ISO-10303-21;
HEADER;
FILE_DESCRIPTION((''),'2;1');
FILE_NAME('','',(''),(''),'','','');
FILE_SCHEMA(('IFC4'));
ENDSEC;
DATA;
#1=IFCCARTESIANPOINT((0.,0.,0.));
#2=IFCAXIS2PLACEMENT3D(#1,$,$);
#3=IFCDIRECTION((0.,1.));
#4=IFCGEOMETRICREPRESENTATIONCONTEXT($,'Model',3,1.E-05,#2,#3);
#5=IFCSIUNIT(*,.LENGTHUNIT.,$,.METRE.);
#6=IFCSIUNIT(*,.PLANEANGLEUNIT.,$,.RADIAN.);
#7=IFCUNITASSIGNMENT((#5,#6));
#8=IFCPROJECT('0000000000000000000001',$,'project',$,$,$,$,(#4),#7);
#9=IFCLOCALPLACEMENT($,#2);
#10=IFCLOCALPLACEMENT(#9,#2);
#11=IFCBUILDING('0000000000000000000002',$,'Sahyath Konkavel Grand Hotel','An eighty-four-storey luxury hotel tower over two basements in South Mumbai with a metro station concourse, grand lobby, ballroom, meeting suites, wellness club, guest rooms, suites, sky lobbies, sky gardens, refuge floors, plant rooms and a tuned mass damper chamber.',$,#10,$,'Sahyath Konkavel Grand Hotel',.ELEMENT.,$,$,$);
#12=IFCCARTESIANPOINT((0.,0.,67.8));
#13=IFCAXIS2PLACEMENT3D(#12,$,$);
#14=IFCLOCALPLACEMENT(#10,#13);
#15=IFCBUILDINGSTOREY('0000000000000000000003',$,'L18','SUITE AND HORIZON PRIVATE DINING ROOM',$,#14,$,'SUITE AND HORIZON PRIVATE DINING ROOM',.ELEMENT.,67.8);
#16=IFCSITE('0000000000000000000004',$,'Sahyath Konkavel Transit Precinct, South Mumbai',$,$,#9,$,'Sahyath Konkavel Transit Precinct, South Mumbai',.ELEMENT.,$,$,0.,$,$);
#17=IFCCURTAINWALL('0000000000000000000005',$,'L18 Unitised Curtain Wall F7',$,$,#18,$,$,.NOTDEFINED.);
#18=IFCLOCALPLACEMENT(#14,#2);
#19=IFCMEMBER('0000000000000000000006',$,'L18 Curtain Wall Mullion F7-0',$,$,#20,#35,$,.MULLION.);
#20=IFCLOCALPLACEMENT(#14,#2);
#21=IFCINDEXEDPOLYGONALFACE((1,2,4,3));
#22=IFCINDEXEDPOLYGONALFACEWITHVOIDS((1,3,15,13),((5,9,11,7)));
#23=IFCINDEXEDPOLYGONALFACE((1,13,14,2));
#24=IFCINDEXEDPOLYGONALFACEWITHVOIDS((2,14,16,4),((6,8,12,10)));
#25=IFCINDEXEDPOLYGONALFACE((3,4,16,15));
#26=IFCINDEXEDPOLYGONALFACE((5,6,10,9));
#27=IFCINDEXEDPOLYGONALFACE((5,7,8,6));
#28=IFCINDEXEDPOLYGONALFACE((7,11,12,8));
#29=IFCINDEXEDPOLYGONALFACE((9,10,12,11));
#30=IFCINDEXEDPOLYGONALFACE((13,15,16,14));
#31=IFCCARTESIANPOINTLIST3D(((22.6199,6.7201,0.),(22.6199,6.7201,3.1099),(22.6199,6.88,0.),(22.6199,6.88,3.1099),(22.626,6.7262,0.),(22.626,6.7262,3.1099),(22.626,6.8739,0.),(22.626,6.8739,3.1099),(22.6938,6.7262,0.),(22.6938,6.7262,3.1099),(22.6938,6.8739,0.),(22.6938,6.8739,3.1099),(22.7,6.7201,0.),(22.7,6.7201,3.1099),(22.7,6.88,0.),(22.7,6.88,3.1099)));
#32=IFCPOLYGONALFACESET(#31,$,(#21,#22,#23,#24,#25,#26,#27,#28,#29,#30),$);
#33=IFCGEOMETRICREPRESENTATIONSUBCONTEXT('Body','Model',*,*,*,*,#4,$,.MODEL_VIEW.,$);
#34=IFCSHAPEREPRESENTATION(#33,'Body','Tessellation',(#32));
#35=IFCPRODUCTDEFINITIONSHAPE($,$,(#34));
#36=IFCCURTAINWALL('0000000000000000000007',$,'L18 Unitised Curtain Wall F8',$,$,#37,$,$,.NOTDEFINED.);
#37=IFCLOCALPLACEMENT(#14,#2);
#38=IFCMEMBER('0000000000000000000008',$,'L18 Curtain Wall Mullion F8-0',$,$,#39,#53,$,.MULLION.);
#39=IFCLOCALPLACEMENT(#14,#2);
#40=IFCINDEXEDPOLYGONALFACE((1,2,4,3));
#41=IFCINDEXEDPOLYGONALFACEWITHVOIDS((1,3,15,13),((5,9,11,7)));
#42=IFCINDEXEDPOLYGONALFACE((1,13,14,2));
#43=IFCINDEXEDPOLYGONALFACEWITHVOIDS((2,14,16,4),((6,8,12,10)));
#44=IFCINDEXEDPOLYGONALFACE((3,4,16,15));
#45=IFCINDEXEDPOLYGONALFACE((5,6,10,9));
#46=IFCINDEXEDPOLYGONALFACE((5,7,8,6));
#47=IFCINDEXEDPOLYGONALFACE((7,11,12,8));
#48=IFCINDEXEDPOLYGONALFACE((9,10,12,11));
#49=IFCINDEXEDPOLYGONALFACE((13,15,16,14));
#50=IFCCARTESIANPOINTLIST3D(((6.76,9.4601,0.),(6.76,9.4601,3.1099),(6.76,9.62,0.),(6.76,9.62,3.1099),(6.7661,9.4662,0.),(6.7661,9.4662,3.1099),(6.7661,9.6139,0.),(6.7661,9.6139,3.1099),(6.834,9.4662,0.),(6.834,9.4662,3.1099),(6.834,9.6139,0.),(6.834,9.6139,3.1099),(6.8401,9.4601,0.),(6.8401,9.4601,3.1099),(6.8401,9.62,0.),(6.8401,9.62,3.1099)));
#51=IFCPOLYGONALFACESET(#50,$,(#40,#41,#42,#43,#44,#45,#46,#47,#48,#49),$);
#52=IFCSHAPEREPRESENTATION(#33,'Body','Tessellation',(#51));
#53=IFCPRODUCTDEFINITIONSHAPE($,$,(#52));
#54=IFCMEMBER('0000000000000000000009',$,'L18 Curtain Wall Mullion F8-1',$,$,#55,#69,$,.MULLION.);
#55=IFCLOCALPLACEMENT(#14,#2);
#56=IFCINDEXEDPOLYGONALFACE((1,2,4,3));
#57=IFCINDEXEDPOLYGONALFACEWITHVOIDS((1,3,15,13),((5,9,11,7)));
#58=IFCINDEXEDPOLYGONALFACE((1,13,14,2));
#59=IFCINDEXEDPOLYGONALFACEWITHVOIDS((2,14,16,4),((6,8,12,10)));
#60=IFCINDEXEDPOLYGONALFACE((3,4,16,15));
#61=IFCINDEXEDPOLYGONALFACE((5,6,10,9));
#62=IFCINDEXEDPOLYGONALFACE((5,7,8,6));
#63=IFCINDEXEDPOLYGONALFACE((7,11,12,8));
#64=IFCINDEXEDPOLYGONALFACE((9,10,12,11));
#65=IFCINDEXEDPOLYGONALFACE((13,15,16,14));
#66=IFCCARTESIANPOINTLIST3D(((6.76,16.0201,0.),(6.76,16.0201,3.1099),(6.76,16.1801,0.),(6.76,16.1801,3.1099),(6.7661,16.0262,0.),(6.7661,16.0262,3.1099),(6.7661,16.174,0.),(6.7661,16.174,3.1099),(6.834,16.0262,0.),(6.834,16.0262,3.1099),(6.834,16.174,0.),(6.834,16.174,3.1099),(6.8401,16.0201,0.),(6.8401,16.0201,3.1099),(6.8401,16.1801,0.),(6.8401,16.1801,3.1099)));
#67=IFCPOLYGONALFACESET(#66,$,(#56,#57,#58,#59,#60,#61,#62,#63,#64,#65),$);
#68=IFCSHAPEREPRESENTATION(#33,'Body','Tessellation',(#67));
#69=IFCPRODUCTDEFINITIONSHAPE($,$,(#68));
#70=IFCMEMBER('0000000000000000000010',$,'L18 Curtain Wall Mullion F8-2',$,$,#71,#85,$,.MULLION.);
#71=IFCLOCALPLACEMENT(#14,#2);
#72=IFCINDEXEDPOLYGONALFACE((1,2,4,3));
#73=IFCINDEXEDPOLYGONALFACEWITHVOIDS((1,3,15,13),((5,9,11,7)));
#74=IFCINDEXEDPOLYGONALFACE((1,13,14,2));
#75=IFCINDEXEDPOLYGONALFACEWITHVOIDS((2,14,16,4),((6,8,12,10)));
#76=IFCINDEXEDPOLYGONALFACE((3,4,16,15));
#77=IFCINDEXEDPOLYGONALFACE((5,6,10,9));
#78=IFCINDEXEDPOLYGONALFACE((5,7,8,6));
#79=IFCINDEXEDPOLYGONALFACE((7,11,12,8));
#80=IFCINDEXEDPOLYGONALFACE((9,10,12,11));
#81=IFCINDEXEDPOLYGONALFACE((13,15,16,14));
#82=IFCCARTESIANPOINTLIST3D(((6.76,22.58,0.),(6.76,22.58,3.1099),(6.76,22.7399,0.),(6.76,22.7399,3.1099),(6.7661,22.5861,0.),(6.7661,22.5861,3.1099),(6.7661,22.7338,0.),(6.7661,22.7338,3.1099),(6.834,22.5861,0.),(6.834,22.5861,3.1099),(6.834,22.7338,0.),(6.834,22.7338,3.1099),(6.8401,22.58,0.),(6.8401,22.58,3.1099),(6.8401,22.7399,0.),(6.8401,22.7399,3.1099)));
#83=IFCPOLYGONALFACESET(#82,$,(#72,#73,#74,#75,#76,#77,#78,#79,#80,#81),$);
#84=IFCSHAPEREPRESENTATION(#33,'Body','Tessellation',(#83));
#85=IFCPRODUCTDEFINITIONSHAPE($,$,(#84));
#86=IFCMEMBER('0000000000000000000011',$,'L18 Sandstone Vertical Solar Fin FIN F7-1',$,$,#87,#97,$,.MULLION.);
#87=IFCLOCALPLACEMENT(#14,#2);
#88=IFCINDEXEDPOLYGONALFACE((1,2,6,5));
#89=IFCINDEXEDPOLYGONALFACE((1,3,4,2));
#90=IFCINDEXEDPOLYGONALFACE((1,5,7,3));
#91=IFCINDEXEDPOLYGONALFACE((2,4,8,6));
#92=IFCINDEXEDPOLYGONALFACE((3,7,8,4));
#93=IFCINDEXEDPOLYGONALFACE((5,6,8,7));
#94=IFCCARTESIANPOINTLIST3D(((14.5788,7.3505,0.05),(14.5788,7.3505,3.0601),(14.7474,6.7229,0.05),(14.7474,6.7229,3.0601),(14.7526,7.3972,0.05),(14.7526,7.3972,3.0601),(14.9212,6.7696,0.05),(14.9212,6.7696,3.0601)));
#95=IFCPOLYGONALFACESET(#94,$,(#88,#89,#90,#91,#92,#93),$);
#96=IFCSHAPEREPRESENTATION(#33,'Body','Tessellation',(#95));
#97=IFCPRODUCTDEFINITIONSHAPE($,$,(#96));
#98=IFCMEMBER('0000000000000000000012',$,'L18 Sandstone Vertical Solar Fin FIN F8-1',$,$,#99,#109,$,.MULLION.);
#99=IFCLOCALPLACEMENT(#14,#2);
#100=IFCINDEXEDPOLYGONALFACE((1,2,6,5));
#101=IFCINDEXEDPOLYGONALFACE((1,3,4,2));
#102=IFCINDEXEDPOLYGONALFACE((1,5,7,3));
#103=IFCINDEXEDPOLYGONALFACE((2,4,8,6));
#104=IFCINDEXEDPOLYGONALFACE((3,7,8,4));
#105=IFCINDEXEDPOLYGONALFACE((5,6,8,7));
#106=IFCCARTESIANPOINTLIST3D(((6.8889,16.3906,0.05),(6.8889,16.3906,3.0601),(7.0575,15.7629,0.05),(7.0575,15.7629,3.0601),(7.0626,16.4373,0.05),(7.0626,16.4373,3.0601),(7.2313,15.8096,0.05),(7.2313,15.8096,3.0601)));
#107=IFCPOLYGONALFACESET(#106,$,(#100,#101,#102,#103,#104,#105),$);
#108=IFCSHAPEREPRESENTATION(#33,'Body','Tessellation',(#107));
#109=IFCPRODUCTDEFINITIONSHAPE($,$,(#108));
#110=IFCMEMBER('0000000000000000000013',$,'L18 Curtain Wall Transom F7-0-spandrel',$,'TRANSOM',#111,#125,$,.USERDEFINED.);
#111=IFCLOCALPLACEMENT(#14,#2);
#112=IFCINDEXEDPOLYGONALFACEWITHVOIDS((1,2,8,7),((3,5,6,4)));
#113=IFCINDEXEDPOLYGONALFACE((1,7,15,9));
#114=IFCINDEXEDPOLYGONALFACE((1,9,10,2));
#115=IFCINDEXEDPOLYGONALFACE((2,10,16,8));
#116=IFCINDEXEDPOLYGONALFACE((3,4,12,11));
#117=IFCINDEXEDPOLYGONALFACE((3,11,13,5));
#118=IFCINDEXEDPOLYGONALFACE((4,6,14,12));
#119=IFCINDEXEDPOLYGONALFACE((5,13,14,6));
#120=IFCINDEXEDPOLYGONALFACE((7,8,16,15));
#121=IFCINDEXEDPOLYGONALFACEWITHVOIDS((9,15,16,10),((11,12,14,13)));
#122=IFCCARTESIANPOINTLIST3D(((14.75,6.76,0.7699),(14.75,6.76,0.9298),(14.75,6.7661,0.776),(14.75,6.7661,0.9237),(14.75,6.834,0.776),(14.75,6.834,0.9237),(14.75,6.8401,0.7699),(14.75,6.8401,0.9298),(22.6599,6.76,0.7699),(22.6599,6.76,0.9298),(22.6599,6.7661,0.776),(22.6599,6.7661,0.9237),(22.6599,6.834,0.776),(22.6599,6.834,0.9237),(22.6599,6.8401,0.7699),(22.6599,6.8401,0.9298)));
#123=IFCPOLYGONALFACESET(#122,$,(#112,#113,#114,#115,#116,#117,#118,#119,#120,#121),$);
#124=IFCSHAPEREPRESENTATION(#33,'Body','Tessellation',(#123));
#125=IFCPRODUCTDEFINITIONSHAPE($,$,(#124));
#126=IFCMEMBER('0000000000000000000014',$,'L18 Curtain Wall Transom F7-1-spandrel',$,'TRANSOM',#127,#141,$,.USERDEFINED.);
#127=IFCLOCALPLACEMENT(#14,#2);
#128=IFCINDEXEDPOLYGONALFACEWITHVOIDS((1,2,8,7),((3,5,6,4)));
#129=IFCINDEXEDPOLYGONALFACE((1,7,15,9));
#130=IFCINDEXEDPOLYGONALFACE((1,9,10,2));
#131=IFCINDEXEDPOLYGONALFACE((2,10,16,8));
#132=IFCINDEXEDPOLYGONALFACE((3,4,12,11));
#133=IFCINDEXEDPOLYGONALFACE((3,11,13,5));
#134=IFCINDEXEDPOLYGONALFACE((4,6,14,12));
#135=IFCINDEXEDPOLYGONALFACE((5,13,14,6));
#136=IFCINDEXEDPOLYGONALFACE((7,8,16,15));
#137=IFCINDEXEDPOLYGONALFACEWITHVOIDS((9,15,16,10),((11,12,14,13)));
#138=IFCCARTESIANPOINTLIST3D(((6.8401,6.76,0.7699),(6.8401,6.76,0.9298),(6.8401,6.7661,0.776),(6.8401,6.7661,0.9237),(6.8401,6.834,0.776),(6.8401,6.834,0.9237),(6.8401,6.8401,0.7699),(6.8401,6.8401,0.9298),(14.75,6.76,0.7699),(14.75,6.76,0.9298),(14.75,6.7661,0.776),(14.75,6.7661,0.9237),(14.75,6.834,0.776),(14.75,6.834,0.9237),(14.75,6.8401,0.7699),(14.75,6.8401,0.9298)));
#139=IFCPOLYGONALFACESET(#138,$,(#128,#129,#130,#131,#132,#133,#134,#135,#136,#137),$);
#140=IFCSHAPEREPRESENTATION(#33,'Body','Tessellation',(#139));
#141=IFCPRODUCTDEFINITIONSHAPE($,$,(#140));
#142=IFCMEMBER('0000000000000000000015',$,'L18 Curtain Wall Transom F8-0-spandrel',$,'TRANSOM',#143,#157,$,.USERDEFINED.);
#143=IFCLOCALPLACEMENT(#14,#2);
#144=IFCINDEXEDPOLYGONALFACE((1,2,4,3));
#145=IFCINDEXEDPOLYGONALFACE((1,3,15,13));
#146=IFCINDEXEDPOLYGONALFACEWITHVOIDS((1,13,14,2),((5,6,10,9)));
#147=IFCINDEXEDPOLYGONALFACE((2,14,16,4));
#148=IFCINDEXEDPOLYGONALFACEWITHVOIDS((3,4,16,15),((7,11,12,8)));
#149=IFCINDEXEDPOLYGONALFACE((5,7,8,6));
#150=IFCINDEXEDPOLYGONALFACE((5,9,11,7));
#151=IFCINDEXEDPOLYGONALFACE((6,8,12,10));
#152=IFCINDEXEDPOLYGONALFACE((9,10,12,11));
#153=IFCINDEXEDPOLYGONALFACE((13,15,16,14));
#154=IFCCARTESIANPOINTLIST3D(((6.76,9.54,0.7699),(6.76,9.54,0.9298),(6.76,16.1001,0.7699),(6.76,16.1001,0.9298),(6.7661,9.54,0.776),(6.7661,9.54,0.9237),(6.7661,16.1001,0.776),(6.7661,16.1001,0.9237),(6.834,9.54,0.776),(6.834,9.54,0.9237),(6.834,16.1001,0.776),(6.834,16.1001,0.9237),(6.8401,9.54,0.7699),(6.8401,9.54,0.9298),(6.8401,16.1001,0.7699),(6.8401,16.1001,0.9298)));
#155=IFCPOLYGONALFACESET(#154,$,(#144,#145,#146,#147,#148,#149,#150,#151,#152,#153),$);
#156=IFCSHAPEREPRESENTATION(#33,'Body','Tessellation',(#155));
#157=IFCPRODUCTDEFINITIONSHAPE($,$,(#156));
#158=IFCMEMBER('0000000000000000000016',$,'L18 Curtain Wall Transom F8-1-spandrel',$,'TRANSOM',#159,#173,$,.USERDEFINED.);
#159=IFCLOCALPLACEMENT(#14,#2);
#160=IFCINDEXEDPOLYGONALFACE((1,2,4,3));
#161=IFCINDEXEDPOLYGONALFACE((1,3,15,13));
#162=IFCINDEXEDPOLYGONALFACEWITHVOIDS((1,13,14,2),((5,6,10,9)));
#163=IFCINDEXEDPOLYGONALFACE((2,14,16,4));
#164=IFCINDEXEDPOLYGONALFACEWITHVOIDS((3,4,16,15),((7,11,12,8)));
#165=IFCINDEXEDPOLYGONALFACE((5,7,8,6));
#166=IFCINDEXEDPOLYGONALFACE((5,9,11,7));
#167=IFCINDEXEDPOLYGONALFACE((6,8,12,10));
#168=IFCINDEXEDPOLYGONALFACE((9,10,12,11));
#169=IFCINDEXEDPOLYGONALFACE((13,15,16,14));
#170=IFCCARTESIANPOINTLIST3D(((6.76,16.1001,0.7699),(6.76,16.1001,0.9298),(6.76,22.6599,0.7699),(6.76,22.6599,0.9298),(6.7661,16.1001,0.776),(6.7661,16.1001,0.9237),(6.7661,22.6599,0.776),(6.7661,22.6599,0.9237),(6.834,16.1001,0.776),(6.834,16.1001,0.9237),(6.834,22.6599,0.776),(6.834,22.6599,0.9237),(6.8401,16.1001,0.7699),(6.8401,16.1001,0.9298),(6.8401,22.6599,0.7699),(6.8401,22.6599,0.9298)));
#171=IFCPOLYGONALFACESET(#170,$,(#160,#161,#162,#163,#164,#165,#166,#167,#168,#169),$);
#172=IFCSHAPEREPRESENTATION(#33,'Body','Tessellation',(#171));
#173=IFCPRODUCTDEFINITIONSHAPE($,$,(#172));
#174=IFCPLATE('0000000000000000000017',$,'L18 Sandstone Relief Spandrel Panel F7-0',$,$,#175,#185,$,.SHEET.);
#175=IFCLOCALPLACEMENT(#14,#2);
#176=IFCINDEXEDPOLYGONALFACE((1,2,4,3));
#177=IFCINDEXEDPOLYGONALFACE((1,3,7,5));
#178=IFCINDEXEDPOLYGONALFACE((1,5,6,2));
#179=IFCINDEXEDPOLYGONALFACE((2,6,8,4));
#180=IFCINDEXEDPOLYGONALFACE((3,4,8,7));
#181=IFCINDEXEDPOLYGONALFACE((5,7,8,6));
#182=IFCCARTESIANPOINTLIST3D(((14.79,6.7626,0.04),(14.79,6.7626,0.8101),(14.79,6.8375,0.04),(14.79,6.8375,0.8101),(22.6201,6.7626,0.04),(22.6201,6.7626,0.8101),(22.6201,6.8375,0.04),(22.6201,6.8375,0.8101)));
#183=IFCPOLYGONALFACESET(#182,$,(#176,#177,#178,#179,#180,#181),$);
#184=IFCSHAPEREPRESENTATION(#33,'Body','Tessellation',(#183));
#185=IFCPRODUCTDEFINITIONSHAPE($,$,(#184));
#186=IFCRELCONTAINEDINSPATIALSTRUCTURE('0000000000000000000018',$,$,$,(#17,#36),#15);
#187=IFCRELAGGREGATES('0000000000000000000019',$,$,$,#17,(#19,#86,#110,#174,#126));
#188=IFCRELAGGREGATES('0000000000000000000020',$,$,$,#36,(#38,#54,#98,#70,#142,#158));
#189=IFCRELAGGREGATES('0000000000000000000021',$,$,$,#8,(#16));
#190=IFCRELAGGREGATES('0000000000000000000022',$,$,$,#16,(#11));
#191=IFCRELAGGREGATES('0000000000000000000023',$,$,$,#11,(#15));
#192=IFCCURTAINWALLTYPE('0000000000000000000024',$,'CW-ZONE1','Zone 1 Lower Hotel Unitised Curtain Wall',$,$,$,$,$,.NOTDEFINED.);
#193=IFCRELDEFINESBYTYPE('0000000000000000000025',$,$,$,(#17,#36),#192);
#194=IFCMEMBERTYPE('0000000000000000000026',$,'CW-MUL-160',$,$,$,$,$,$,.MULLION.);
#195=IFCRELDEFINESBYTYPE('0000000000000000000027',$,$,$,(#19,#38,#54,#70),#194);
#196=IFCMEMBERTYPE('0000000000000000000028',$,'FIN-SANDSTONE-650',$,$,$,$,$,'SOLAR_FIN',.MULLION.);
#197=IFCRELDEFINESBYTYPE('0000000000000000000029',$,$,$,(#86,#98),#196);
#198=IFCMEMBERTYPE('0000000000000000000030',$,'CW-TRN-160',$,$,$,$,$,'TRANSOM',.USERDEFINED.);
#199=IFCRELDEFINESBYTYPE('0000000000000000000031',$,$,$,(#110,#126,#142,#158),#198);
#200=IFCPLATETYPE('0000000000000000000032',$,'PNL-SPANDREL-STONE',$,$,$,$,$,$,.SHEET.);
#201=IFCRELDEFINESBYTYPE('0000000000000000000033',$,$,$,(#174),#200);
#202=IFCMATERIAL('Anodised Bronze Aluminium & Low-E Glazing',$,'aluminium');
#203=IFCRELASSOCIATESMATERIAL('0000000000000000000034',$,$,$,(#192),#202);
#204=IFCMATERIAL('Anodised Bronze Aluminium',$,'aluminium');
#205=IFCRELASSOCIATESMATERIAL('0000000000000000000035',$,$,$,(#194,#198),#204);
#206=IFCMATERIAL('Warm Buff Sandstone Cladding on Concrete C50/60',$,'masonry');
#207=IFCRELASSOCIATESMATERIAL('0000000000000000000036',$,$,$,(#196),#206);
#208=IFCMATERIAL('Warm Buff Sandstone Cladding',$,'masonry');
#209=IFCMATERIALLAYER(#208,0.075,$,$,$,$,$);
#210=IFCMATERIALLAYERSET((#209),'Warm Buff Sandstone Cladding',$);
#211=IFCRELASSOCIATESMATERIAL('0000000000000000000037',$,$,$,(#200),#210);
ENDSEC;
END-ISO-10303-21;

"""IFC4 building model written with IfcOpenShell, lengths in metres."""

from ifc_helpers import new_model, si_unit, direction, frame, origin, origin_2d, place, context, subcontext, project, spatial, rectangle, hollow_rectangle, extrude, source, transform, mapped, material, layer, layer_set, material_profile, profile_set, type_object, element, aggregate, save


model = new_model("IFC4")

# Units and contexts
model_context = context("Model", 3, precision=1e-05, world=origin(), true_north=direction((0.0, 1.0)))
body_context = subcontext(model_context, "Body", "Model", "MODEL_VIEW")
ifc_project = project(units=[si_unit("LENGTHUNIT", "METRE"), si_unit("PLANEANGLEUNIT", "RADIAN")], contexts=[model_context])

# Site, building, storey
site_placement = place(None, origin())
site = spatial("IfcSite", under=ifc_project, at=site_placement, Name="Sahyath Konkavel Transit Precinct, South Mumbai", LongName="Sahyath Konkavel Transit Precinct, South Mumbai", CompositionType="ELEMENT", RefElevation=0.0)
building_placement = place(site_placement, origin())
building = spatial("IfcBuilding", under=site, at=building_placement, Name="Sahyath Konkavel Grand Hotel", Description="An eighty-four-storey luxury hotel tower over two basements in South Mumbai with a metro station concourse, grand lobby, ballroom, meeting suites, wellness club, guest rooms, suites, sky lobbies, sky gardens, refuge floors, plant rooms and a tuned mass damper chamber.", LongName="Sahyath Konkavel Grand Hotel", CompositionType="ELEMENT")
storey_placement = place(building_placement, frame((0.0, 0.0, 67.8)))
storey = spatial("IfcBuildingStorey", under=building, at=storey_placement, Name="L18", Description="SUITE AND HORIZON PRIVATE DINING ROOM", LongName="SUITE AND HORIZON PRIVATE DINING ROOM", CompositionType="ELEMENT", Elevation=67.8)

# Curtain wall, member
ifc_material_1 = material(Name="Anodised Bronze Aluminium & Low-E Glazing", Category="aluminium")
curtain_wall_type = type_object("IfcCurtainWallType", Name="CW-ZONE1", Description="Zone 1 Lower Hotel Unitised Curtain Wall", PredefinedType="NOTDEFINED", material=ifc_material_1)
curtain_wall_1_placement = place(storey_placement, origin())
curtain_wall_1 = element("IfcCurtainWall", 1, at=curtain_wall_1_placement, inside=storey, type_object=curtain_wall_type, Name="L18 Unitised Curtain Wall F7", PredefinedType="NOTDEFINED")
ifc_material_2 = material(Name="Anodised Bronze Aluminium", Category="aluminium")
ifc_material_profile_1 = material_profile(ifc_material_2, hollow_rectangle(XDim=0.0801, YDim=0.1599, WallThickness=0.0061, at=origin_2d()), Name="RHS 160x80x6")
ifc_profile_set_1 = profile_set([ifc_material_profile_1], Name="Anodised Bronze Aluminium")
member_type_1 = type_object("IfcMemberType", Name="CW-MUL-160", PredefinedType="MULLION", material=ifc_profile_set_1)
shared_shape_1 = source(origin(), body_context, "Body", "SweptSolid", [
    extrude(hollow_rectangle(XDim=0.0801, YDim=0.1599, WallThickness=0.0061, at=origin_2d()), origin(), (0.0, 0.0, 1.0), 3.1099),
])
member_1_placement = place(storey_placement, frame((22.6599, 6.8, 0.0), z_axis=(0.0, 0.0, 1.0), x_axis=(1.0, 0.0, 0.0)))
member_1 = element("IfcMember", 2, at=member_1_placement, type_object=member_type_1, Name="L18 Curtain Wall Mullion F7-0", PredefinedType="MULLION", context=body_context, shape_type="MappedRepresentation", body=[
    mapped(shared_shape_1, transform((0.0, 0.0, 0.0), scale=1.0)),
])

# Curtain wall, members
curtain_wall_2_placement = place(storey_placement, origin())
curtain_wall_2 = element("IfcCurtainWall", 3, at=curtain_wall_2_placement, inside=storey, type_object=curtain_wall_type, Name="L18 Unitised Curtain Wall F8", PredefinedType="NOTDEFINED")
member_2_placement = place(storey_placement, frame((6.8, 9.54, 0.0), z_axis=(0.0, 0.0, 1.0), x_axis=(1.0, 0.0, 0.0)))
member_2 = element("IfcMember", 4, at=member_2_placement, type_object=member_type_1, Name="L18 Curtain Wall Mullion F8-0", PredefinedType="MULLION", context=body_context, shape_type="MappedRepresentation", body=[
    mapped(shared_shape_1, transform((0.0, 0.0, 0.0), scale=1.0)),
])
member_3_placement = place(storey_placement, frame((6.8, 16.1001, 0.0), z_axis=(0.0, 0.0, 1.0), x_axis=(1.0, 0.0, 0.0)))
member_3 = element("IfcMember", 5, at=member_3_placement, type_object=member_type_1, Name="L18 Curtain Wall Mullion F8-1", PredefinedType="MULLION", context=body_context, shape_type="MappedRepresentation", body=[
    mapped(shared_shape_1, transform((0.0, 0.0, 0.0), scale=1.0)),
])
member_4_placement = place(storey_placement, frame((6.8, 22.6599, 0.0), z_axis=(0.0, 0.0, 1.0), x_axis=(1.0, 0.0, 0.0)))
member_4 = element("IfcMember", 6, at=member_4_placement, type_object=member_type_1, Name="L18 Curtain Wall Mullion F8-2", PredefinedType="MULLION", context=body_context, shape_type="MappedRepresentation", body=[
    mapped(shared_shape_1, transform((0.0, 0.0, 0.0), scale=1.0)),
])

# Members
ifc_material_3 = material(Name="Warm Buff Sandstone Cladding on Concrete C50/60", Category="masonry")
ifc_material_profile_2 = material_profile(ifc_material_3, rectangle(XDim=0.1799, YDim=0.6499, at=origin_2d()), Name="FIN 180x650")
ifc_profile_set_2 = profile_set([ifc_material_profile_2], Name="Warm Buff Sandstone Cladding on Concrete C50/60")
member_type_2 = type_object("IfcMemberType", Name="FIN-SANDSTONE-650", ElementType="SOLAR_FIN", PredefinedType="MULLION", material=ifc_profile_set_2)
shared_shape_2 = source(origin(), body_context, "Body", "SweptSolid", [
    extrude(rectangle(XDim=0.1799, YDim=0.6499, at=origin_2d()), origin(), (0.0, 0.0, 1.0), 3.01),
])
member_5_placement = place(storey_placement, frame((14.75, 7.0601, 0.05), z_axis=(0.0, 0.0, 1.0), x_axis=(0.965745, 0.259493, 0.0)))
member_5 = element("IfcMember", 7, at=member_5_placement, type_object=member_type_2, Name="L18 Sandstone Vertical Solar Fin FIN F7-1", PredefinedType="MULLION", context=body_context, shape_type="MappedRepresentation", body=[
    mapped(shared_shape_2, transform((0.0, 0.0, 0.0), scale=1.0)),
])
member_6_placement = place(storey_placement, frame((7.0601, 16.1001, 0.05), z_axis=(0.0, 0.0, 1.0), x_axis=(0.965745, 0.259493, 0.0)))
member_6 = element("IfcMember", 8, at=member_6_placement, type_object=member_type_2, Name="L18 Sandstone Vertical Solar Fin FIN F8-1", PredefinedType="MULLION", context=body_context, shape_type="MappedRepresentation", body=[
    mapped(shared_shape_2, transform((0.0, 0.0, 0.0), scale=1.0)),
])
ifc_material_profile_3 = material_profile(ifc_material_2, hollow_rectangle(XDim=0.0801, YDim=0.1599, WallThickness=0.0061, at=origin_2d()), Name="RHS 160x80x6")
ifc_profile_set_3 = profile_set([ifc_material_profile_3], Name="Anodised Bronze Aluminium")
member_type_3 = type_object("IfcMemberType", Name="CW-TRN-160", ElementType="TRANSOM", PredefinedType="USERDEFINED", material=ifc_profile_set_3)
shared_shape_3 = source(origin(), body_context, "Body", "SweptSolid", [
    extrude(hollow_rectangle(XDim=0.0801, YDim=0.1599, WallThickness=0.0061, at=origin_2d()), origin(), (0.0, 0.0, 1.0), 7.9099),
])
member_7_placement = place(storey_placement, frame((22.6599, 6.8, 0.8499), z_axis=(-1.0, 0.0, 0.0), x_axis=(0.0, -1.0, 0.0)))
member_7 = element("IfcMember", 9, at=member_7_placement, type_object=member_type_3, Name="L18 Curtain Wall Transom F7-0-spandrel", ObjectType="TRANSOM", PredefinedType="USERDEFINED", context=body_context, shape_type="MappedRepresentation", body=[
    mapped(shared_shape_3, transform((0.0, 0.0, 0.0), scale=1.0)),
])
member_8_placement = place(storey_placement, frame((14.75, 6.8, 0.8499), z_axis=(-1.0, 0.0, 0.0), x_axis=(0.0, -1.0, 0.0)))
member_8 = element("IfcMember", 10, at=member_8_placement, type_object=member_type_3, Name="L18 Curtain Wall Transom F7-1-spandrel", ObjectType="TRANSOM", PredefinedType="USERDEFINED", context=body_context, shape_type="MappedRepresentation", body=[
    mapped(shared_shape_3, transform((0.0, 0.0, 0.0), scale=1.0)),
])
shared_shape_4 = source(origin(), body_context, "Body", "SweptSolid", [
    extrude(hollow_rectangle(XDim=0.0801, YDim=0.1599, WallThickness=0.0061, at=origin_2d()), origin(), (0.0, 0.0, 1.0), 6.5601),
])
member_9_placement = place(storey_placement, frame((6.8, 9.54, 0.8499), z_axis=(0.0, 1.0, 0.0), x_axis=(-1.0, 0.0, 0.0)))
member_9 = element("IfcMember", 11, at=member_9_placement, type_object=member_type_3, Name="L18 Curtain Wall Transom F8-0-spandrel", ObjectType="TRANSOM", PredefinedType="USERDEFINED", context=body_context, shape_type="MappedRepresentation", body=[
    mapped(shared_shape_4, transform((0.0, 0.0, 0.0), scale=1.0)),
])
shared_shape_5 = source(origin(), body_context, "Body", "SweptSolid", [
    extrude(hollow_rectangle(XDim=0.0801, YDim=0.1599, WallThickness=0.0061, at=origin_2d()), origin(), (0.0, 0.0, 1.0), 6.5598),
])
member_10_placement = place(storey_placement, frame((6.8, 16.1001, 0.8499), z_axis=(0.0, 1.0, 0.0), x_axis=(-1.0, 0.0, 0.0)))
member_10 = element("IfcMember", 12, at=member_10_placement, type_object=member_type_3, Name="L18 Curtain Wall Transom F8-1-spandrel", ObjectType="TRANSOM", PredefinedType="USERDEFINED", context=body_context, shape_type="MappedRepresentation", body=[
    mapped(shared_shape_5, transform((0.0, 0.0, 0.0), scale=1.0)),
])

# Plate
ifc_material_4 = material(Name="Warm Buff Sandstone Cladding", Category="masonry")
ifc_layer_1 = layer(ifc_material_4, 0.075)
ifc_layer_set_1 = layer_set([ifc_layer_1], Name="Warm Buff Sandstone Cladding")
plate_type_1 = type_object("IfcPlateType", Name="PNL-SPANDREL-STONE", PredefinedType="SHEET", material=ifc_layer_set_1)
shared_shape_6 = source(origin(), body_context, "Body", "SweptSolid", [
    extrude(rectangle(XDim=7.8301, YDim=0.075, at=origin_2d()), origin(), (0.0, 0.0, 1.0), 0.77),
])
plate_1_placement = place(storey_placement, frame((18.7051, 6.8, 0.04), z_axis=(0.0, 0.0, 1.0), x_axis=(-1.0, 0.0, 0.0)))
plate_1 = element("IfcPlate", 13, at=plate_1_placement, type_object=plate_type_1, Name="L18 Sandstone Relief Spandrel Panel F7-0", PredefinedType="SHEET", context=body_context, shape_type="MappedRepresentation", body=[
    mapped(shared_shape_6, transform((0.0, 0.0, 0.0), scale=1.0)),
])
aggregate(curtain_wall_1, [member_1, member_5, member_7, plate_1, member_8])
aggregate(curtain_wall_2, [member_2, member_3, member_6, member_4, member_9, member_10])

save(model, "model.ifc")
